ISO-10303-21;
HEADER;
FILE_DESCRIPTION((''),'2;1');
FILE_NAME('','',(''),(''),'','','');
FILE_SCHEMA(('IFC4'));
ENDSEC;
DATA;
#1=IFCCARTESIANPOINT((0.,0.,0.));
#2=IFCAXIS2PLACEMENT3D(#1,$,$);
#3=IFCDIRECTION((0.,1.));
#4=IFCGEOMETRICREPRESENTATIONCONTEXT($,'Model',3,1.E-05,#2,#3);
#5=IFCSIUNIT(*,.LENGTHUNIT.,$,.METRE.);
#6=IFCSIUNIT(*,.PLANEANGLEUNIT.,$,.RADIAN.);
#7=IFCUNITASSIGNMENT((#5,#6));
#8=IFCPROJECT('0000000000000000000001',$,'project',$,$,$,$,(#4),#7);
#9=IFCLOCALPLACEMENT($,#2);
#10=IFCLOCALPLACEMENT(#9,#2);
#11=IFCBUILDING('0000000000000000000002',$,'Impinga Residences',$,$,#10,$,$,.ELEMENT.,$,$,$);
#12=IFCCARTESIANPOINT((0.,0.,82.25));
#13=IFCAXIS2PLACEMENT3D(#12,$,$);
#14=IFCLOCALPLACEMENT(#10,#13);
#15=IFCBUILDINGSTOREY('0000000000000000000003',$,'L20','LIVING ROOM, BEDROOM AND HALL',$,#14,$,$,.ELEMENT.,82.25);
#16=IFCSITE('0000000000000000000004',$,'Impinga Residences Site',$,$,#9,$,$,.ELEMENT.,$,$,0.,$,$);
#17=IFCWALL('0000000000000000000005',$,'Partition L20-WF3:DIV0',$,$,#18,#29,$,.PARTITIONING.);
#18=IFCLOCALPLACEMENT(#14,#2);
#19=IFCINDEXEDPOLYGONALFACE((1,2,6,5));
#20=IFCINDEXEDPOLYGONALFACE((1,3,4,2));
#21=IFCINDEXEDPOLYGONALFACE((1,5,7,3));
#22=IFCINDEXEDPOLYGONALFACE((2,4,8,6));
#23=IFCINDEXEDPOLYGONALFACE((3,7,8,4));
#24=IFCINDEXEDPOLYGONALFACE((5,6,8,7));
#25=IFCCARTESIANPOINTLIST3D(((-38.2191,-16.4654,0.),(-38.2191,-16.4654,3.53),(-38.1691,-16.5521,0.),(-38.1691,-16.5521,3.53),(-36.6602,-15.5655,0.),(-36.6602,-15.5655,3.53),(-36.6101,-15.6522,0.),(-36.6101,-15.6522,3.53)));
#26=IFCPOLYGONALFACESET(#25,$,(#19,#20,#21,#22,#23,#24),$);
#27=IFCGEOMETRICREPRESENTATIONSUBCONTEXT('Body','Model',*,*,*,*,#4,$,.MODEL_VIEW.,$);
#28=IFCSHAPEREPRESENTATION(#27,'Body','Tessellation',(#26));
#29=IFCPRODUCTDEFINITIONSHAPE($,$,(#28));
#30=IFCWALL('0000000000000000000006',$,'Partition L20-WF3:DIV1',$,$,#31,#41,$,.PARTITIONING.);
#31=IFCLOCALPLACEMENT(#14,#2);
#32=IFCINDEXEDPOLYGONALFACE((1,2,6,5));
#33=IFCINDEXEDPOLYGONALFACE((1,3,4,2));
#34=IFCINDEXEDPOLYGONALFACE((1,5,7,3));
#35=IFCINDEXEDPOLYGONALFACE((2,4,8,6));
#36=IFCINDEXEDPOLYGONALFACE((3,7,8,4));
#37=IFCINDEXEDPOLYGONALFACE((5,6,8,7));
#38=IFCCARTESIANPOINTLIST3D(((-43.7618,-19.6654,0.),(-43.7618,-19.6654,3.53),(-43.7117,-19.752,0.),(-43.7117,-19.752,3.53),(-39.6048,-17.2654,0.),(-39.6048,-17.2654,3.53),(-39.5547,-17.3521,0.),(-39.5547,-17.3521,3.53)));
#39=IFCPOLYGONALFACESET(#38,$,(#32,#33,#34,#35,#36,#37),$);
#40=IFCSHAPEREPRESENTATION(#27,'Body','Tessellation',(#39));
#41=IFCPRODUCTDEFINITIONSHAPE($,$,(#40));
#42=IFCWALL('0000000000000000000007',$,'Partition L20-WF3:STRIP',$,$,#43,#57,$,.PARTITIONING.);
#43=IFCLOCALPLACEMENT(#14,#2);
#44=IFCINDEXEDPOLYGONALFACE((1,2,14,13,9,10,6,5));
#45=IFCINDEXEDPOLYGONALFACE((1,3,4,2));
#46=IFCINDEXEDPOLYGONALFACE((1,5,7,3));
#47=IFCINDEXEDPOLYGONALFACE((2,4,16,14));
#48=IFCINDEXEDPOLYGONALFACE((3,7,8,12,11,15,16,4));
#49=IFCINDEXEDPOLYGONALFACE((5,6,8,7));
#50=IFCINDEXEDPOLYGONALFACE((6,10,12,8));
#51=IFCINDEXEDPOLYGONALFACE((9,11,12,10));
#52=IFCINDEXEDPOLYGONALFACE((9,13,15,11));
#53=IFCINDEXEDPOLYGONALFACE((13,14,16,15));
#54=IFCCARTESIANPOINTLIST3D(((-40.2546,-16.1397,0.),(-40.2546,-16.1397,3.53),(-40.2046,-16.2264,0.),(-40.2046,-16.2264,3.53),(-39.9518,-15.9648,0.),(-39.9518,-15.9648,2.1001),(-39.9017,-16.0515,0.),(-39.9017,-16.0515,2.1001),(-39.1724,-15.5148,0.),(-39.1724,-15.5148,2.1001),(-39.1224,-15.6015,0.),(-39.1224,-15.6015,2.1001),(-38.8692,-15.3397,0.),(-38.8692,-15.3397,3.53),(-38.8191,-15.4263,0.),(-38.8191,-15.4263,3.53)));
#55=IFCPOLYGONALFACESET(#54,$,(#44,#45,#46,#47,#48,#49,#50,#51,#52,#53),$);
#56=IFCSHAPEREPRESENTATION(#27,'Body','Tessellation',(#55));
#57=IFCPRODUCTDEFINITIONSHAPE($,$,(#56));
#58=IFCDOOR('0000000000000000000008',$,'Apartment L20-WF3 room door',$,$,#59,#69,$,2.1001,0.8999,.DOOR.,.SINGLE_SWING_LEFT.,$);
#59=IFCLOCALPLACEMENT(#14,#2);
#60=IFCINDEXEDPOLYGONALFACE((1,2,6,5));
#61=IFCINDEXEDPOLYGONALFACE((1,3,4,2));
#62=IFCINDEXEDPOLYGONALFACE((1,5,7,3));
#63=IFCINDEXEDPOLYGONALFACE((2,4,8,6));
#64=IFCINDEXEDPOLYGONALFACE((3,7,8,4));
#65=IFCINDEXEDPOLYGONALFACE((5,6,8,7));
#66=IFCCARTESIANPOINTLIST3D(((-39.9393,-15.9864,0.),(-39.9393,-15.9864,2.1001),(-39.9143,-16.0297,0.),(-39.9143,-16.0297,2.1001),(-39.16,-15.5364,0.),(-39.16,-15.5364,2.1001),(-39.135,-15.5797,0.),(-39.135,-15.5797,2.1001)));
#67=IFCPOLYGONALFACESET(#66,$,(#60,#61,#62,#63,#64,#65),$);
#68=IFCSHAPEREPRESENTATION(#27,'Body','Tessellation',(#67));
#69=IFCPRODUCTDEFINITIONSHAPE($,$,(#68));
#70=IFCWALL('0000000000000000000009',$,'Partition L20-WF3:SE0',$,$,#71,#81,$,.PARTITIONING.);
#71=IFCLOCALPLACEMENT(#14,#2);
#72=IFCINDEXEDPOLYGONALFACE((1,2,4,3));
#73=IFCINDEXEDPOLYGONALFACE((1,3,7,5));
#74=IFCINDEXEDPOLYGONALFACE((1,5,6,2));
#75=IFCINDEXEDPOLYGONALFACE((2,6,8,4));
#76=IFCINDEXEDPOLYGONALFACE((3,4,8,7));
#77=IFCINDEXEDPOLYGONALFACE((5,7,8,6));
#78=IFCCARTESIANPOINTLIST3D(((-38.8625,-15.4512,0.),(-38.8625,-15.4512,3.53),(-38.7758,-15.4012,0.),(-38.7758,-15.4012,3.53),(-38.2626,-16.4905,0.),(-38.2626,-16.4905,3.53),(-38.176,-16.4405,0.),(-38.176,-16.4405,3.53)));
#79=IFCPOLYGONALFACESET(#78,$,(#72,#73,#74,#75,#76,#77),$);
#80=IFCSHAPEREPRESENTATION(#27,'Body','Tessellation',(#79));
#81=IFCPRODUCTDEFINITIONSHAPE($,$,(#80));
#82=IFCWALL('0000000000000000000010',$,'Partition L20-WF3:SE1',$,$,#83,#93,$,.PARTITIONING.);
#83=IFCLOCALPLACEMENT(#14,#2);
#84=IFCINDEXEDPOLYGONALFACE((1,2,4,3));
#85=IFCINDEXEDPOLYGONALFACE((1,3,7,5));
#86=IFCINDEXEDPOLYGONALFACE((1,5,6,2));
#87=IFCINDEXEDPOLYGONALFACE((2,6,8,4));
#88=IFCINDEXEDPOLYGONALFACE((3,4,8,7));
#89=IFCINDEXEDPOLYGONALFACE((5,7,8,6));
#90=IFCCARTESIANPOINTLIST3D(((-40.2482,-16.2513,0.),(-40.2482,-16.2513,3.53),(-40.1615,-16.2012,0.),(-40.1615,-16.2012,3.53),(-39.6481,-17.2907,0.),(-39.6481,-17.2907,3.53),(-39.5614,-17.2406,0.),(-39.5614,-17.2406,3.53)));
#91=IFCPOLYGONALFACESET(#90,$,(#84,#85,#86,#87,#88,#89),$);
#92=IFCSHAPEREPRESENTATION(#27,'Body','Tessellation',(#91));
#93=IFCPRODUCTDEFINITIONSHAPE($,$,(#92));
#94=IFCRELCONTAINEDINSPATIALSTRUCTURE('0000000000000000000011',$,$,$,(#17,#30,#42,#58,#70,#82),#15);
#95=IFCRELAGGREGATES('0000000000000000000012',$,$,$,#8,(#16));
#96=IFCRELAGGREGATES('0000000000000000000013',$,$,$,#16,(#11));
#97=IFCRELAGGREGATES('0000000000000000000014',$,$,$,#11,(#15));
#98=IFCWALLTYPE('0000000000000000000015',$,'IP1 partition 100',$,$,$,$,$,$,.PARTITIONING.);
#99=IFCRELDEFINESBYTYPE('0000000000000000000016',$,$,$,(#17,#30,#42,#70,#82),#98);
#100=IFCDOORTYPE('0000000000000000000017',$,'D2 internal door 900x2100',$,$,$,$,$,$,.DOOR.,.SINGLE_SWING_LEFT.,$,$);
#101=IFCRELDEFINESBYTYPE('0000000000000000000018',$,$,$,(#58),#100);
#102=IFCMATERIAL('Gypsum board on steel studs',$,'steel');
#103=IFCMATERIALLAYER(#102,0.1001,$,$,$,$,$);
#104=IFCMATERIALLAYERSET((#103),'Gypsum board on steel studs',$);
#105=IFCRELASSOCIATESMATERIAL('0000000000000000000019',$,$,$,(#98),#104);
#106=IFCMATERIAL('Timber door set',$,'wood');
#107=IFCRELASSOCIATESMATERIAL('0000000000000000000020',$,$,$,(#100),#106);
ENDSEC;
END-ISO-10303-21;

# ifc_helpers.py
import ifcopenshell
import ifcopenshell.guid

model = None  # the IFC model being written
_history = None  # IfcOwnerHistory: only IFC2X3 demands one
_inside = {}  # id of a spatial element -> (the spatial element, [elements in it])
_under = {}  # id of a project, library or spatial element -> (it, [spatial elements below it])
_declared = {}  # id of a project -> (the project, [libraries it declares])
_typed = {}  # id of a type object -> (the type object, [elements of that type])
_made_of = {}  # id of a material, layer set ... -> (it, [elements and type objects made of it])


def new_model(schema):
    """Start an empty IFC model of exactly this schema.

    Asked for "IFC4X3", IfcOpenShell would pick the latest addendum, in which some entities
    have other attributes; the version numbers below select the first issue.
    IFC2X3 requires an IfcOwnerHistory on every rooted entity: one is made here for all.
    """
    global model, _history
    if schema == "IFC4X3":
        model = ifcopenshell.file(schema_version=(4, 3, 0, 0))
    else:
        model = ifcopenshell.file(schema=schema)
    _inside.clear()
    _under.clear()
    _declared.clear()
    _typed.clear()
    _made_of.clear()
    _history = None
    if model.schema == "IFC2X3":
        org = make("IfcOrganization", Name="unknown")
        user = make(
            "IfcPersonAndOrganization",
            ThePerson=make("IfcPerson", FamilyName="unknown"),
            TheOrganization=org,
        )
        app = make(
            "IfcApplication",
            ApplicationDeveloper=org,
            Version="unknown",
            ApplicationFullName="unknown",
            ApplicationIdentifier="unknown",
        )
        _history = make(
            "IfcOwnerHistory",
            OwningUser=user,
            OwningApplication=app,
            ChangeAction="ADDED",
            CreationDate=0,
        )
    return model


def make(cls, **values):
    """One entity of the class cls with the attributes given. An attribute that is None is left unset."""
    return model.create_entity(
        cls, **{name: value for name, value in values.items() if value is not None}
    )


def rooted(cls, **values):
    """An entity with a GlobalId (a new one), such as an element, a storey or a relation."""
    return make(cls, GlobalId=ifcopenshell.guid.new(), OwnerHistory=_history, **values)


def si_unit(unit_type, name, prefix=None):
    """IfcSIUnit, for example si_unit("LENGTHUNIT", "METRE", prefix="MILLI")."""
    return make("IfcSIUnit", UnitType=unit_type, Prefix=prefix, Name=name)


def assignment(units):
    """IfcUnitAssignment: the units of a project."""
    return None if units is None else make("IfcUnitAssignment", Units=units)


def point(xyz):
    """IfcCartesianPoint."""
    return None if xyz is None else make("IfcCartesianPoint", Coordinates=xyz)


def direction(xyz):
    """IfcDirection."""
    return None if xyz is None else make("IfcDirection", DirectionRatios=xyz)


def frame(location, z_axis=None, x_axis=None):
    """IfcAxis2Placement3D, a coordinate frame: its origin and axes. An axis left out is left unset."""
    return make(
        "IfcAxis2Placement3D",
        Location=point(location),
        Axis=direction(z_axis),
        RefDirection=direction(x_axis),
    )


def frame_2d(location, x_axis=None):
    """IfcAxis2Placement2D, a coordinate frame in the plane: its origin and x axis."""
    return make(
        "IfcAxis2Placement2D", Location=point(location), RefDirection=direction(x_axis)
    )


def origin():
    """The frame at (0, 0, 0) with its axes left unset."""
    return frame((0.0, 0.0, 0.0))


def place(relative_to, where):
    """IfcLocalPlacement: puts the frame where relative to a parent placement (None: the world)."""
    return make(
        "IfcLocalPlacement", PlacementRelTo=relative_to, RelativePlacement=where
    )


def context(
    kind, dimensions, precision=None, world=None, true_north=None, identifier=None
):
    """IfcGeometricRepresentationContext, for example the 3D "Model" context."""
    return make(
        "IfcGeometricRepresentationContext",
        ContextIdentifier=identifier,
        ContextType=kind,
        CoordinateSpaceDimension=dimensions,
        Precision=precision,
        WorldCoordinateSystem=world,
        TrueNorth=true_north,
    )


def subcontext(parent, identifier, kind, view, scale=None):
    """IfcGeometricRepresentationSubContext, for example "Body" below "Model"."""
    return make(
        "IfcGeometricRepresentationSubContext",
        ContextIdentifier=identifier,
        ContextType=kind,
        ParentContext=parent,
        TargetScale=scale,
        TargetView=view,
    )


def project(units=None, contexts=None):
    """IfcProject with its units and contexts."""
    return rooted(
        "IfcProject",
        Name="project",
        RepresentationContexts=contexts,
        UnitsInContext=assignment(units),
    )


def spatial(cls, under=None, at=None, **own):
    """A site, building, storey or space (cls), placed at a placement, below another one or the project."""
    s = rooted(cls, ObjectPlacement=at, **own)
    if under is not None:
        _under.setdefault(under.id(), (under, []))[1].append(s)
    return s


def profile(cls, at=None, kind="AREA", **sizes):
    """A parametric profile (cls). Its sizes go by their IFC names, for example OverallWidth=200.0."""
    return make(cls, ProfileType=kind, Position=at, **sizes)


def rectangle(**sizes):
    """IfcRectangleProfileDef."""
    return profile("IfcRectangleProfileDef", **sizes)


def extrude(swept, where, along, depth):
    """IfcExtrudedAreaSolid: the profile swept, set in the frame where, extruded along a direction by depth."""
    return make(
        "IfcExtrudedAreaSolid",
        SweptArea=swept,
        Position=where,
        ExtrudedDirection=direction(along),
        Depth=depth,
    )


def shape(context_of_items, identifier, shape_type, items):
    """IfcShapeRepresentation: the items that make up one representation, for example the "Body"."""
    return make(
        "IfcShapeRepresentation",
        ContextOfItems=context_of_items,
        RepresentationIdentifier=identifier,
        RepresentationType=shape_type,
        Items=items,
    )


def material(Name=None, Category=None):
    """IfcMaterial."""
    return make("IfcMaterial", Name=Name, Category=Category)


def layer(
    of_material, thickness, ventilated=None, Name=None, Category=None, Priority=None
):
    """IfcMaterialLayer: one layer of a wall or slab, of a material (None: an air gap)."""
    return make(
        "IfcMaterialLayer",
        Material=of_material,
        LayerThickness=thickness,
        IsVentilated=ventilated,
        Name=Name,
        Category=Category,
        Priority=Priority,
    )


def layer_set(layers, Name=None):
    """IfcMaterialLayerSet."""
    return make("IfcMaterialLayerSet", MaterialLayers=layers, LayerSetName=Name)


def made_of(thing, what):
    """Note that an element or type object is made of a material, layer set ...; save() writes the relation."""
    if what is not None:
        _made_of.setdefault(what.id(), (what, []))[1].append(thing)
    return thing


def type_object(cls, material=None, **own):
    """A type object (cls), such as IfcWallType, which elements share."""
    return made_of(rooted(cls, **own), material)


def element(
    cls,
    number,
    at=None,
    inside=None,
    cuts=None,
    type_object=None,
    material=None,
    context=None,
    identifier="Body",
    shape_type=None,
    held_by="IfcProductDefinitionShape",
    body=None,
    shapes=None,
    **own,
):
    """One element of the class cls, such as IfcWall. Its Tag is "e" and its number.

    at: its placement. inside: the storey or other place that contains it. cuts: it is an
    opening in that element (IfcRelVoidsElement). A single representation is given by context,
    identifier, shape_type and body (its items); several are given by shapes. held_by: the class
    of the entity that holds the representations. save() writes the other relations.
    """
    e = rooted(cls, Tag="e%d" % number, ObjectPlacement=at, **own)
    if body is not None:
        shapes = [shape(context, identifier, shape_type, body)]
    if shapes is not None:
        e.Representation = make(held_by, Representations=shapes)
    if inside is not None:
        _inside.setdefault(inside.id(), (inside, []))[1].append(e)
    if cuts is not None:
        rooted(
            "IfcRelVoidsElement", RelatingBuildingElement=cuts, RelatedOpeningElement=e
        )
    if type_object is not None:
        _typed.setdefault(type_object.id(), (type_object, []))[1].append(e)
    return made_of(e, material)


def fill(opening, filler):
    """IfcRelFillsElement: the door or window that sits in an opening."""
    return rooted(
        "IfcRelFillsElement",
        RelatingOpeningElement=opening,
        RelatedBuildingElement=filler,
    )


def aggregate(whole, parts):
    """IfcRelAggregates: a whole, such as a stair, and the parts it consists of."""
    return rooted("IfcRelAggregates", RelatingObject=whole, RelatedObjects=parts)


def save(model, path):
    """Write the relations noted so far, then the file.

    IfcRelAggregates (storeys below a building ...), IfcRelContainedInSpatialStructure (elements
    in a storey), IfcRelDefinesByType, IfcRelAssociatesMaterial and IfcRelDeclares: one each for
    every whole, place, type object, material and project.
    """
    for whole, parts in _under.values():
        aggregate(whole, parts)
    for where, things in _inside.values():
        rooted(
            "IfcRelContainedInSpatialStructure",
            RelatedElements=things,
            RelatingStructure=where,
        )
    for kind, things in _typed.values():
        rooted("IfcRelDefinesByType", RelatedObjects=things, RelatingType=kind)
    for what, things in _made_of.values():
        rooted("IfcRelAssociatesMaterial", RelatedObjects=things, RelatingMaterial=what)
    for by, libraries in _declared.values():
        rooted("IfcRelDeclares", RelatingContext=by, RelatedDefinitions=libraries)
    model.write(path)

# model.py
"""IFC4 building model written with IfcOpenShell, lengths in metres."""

from ifc_helpers import new_model, si_unit, direction, frame, frame_2d, origin, place, context, subcontext, project, spatial, rectangle, extrude, material, layer, layer_set, type_object, element, fill, save


model = new_model("IFC4")

# Units and contexts
model_context = context("Model", 3, precision=1e-05, world=origin(), true_north=direction((0.0, 1.0)))
body_context = subcontext(model_context, "Body", "Model", "MODEL_VIEW")
ifc_project = project(units=[si_unit("LENGTHUNIT", "METRE"), si_unit("PLANEANGLEUNIT", "RADIAN")], contexts=[model_context])

# Site, building, storey
site_placement = place(None, origin())
site = spatial("IfcSite", under=ifc_project, at=site_placement, Name="Impinga Residences Site", CompositionType="ELEMENT", RefElevation=0.0)
building_placement = place(site_placement, origin())
building = spatial("IfcBuilding", under=site, at=building_placement, Name="Impinga Residences", CompositionType="ELEMENT")
storey_placement = place(building_placement, frame((0.0, 0.0, 82.25)))
storey = spatial("IfcBuildingStorey", under=building, at=storey_placement, Name="L20", Description="LIVING ROOM, BEDROOM AND HALL", CompositionType="ELEMENT", Elevation=82.25)

# Walls
ifc_material_1 = material(Name="Gypsum board on steel studs", Category="steel")
ifc_layer_1 = layer(ifc_material_1, 0.1001)
ifc_layer_set_1 = layer_set([ifc_layer_1], Name="Gypsum board on steel studs")
wall_type_1 = type_object("IfcWallType", Name="IP1 partition 100", PredefinedType="PARTITIONING", material=ifc_layer_set_1)
wall_1_placement = place(storey_placement, frame((-36.6353, -15.6089, 0.0), z_axis=(0.0, 0.0, 1.0), x_axis=(-0.866048, -0.499961, 0.0)))
element("IfcWall", 1, at=wall_1_placement, inside=storey, type_object=wall_type_1, Name="Partition L20-WF3:DIV0", PredefinedType="PARTITIONING", context=body_context, shape_type="SweptSolid", body=[
    extrude(rectangle(XDim=1.8, YDim=0.1001, at=frame_2d((0.8999, 0.0))), origin(), (0.0, 0.0, 1.0), 3.53),
])
wall_2_placement = place(storey_placement, frame((-39.5798, -17.3088, 0.0), z_axis=(0.0, 0.0, 1.0), x_axis=(-0.866037, -0.499979, 0.0)))
element("IfcWall", 2, at=wall_2_placement, inside=storey, type_object=wall_type_1, Name="Partition L20-WF3:DIV1", PredefinedType="PARTITIONING", context=body_context, shape_type="SweptSolid", body=[
    extrude(rectangle(XDim=4.8, YDim=0.1001, at=frame_2d((2.3999, 0.0))), origin(), (0.0, 0.0, 1.0), 3.53),
])

# Wall, opening, door
wall_3_placement = place(storey_placement, frame((-38.8442, -15.3831, 0.0), z_axis=(0.0, 0.0, 1.0), x_axis=(-0.86599, -0.500061, 0.0)))
wall_3 = element("IfcWall", 3, at=wall_3_placement, inside=storey, type_object=wall_type_1, Name="Partition L20-WF3:STRIP", PredefinedType="PARTITIONING", context=body_context, shape_type="SweptSolid", body=[
    extrude(rectangle(XDim=1.5999, YDim=0.1001, at=frame_2d((0.7998, 0.0))), origin(), (0.0, 0.0, 1.0), 3.53),
])
opening_1_placement = place(wall_3_placement, frame((0.3501, 0.0, 0.0)))
opening_1 = element("IfcOpeningElement", 4, at=opening_1_placement, cuts=wall_3, PredefinedType="OPENING", context=body_context, shape_type="SweptSolid", body=[
    extrude(rectangle(XDim=0.8999, YDim=2.1001, at=frame_2d((0.45, 1.05))), frame((0.0, 0.0601, 0.0), z_axis=(0.0, -1.0, 0.0), x_axis=(1.0, 0.0, 0.0)), (0.0, 0.0, 1.0), 0.1201),
])
ifc_material_2 = material(Name="Timber door set", Category="wood")
door_type = type_object("IfcDoorType", Name="D2 internal door 900x2100", OperationType="SINGLE_SWING_LEFT", PredefinedType="DOOR", material=ifc_material_2)
door_placement = place(opening_1_placement, origin())
door = element("IfcDoor", 5, at=door_placement, inside=storey, type_object=door_type, Name="Apartment L20-WF3 room door", OperationType="SINGLE_SWING_LEFT", OverallHeight=2.1001, OverallWidth=0.8999, PredefinedType="DOOR", context=body_context, shape_type="SweptSolid", body=[
    extrude(rectangle(XDim=0.8999, YDim=2.1001, at=frame_2d((0.45, 1.05))), frame((0.0, 0.0249, 0.0), z_axis=(0.0, -1.0, 0.0), x_axis=(1.0, 0.0, 0.0)), (0.0, 0.0, 1.0), 0.05),
])
fill(opening_1, door)

# Walls
wall_4_placement = place(storey_placement, frame((-38.2192, -16.4656, 0.0), z_axis=(0.0, 0.0, 1.0), x_axis=(-0.499881, 0.866094, 0.0)))
element("IfcWall", 6, at=wall_4_placement, inside=storey, type_object=wall_type_1, Name="Partition L20-WF3:SE0", PredefinedType="PARTITIONING", context=body_context, shape_type="SweptSolid", body=[
    extrude(rectangle(XDim=1.2, YDim=0.1001, at=frame_2d((0.6001, 0.0))), origin(), (0.0, 0.0, 1.0), 3.53),
])
wall_5_placement = place(storey_placement, frame((-39.6047, -17.2656, 0.0), z_axis=(0.0, 0.0, 1.0), x_axis=(-0.500034, 0.866006, 0.0)))
element("IfcWall", 7, at=wall_5_placement, inside=storey, type_object=wall_type_1, Name="Partition L20-WF3:SE1", PredefinedType="PARTITIONING", context=body_context, shape_type="SweptSolid", body=[
    extrude(rectangle(XDim=1.2002, YDim=0.1001, at=frame_2d((0.6001, 0.0))), origin(), (0.0, 0.0, 1.0), 3.53),
])

save(model, "model.ifc")
